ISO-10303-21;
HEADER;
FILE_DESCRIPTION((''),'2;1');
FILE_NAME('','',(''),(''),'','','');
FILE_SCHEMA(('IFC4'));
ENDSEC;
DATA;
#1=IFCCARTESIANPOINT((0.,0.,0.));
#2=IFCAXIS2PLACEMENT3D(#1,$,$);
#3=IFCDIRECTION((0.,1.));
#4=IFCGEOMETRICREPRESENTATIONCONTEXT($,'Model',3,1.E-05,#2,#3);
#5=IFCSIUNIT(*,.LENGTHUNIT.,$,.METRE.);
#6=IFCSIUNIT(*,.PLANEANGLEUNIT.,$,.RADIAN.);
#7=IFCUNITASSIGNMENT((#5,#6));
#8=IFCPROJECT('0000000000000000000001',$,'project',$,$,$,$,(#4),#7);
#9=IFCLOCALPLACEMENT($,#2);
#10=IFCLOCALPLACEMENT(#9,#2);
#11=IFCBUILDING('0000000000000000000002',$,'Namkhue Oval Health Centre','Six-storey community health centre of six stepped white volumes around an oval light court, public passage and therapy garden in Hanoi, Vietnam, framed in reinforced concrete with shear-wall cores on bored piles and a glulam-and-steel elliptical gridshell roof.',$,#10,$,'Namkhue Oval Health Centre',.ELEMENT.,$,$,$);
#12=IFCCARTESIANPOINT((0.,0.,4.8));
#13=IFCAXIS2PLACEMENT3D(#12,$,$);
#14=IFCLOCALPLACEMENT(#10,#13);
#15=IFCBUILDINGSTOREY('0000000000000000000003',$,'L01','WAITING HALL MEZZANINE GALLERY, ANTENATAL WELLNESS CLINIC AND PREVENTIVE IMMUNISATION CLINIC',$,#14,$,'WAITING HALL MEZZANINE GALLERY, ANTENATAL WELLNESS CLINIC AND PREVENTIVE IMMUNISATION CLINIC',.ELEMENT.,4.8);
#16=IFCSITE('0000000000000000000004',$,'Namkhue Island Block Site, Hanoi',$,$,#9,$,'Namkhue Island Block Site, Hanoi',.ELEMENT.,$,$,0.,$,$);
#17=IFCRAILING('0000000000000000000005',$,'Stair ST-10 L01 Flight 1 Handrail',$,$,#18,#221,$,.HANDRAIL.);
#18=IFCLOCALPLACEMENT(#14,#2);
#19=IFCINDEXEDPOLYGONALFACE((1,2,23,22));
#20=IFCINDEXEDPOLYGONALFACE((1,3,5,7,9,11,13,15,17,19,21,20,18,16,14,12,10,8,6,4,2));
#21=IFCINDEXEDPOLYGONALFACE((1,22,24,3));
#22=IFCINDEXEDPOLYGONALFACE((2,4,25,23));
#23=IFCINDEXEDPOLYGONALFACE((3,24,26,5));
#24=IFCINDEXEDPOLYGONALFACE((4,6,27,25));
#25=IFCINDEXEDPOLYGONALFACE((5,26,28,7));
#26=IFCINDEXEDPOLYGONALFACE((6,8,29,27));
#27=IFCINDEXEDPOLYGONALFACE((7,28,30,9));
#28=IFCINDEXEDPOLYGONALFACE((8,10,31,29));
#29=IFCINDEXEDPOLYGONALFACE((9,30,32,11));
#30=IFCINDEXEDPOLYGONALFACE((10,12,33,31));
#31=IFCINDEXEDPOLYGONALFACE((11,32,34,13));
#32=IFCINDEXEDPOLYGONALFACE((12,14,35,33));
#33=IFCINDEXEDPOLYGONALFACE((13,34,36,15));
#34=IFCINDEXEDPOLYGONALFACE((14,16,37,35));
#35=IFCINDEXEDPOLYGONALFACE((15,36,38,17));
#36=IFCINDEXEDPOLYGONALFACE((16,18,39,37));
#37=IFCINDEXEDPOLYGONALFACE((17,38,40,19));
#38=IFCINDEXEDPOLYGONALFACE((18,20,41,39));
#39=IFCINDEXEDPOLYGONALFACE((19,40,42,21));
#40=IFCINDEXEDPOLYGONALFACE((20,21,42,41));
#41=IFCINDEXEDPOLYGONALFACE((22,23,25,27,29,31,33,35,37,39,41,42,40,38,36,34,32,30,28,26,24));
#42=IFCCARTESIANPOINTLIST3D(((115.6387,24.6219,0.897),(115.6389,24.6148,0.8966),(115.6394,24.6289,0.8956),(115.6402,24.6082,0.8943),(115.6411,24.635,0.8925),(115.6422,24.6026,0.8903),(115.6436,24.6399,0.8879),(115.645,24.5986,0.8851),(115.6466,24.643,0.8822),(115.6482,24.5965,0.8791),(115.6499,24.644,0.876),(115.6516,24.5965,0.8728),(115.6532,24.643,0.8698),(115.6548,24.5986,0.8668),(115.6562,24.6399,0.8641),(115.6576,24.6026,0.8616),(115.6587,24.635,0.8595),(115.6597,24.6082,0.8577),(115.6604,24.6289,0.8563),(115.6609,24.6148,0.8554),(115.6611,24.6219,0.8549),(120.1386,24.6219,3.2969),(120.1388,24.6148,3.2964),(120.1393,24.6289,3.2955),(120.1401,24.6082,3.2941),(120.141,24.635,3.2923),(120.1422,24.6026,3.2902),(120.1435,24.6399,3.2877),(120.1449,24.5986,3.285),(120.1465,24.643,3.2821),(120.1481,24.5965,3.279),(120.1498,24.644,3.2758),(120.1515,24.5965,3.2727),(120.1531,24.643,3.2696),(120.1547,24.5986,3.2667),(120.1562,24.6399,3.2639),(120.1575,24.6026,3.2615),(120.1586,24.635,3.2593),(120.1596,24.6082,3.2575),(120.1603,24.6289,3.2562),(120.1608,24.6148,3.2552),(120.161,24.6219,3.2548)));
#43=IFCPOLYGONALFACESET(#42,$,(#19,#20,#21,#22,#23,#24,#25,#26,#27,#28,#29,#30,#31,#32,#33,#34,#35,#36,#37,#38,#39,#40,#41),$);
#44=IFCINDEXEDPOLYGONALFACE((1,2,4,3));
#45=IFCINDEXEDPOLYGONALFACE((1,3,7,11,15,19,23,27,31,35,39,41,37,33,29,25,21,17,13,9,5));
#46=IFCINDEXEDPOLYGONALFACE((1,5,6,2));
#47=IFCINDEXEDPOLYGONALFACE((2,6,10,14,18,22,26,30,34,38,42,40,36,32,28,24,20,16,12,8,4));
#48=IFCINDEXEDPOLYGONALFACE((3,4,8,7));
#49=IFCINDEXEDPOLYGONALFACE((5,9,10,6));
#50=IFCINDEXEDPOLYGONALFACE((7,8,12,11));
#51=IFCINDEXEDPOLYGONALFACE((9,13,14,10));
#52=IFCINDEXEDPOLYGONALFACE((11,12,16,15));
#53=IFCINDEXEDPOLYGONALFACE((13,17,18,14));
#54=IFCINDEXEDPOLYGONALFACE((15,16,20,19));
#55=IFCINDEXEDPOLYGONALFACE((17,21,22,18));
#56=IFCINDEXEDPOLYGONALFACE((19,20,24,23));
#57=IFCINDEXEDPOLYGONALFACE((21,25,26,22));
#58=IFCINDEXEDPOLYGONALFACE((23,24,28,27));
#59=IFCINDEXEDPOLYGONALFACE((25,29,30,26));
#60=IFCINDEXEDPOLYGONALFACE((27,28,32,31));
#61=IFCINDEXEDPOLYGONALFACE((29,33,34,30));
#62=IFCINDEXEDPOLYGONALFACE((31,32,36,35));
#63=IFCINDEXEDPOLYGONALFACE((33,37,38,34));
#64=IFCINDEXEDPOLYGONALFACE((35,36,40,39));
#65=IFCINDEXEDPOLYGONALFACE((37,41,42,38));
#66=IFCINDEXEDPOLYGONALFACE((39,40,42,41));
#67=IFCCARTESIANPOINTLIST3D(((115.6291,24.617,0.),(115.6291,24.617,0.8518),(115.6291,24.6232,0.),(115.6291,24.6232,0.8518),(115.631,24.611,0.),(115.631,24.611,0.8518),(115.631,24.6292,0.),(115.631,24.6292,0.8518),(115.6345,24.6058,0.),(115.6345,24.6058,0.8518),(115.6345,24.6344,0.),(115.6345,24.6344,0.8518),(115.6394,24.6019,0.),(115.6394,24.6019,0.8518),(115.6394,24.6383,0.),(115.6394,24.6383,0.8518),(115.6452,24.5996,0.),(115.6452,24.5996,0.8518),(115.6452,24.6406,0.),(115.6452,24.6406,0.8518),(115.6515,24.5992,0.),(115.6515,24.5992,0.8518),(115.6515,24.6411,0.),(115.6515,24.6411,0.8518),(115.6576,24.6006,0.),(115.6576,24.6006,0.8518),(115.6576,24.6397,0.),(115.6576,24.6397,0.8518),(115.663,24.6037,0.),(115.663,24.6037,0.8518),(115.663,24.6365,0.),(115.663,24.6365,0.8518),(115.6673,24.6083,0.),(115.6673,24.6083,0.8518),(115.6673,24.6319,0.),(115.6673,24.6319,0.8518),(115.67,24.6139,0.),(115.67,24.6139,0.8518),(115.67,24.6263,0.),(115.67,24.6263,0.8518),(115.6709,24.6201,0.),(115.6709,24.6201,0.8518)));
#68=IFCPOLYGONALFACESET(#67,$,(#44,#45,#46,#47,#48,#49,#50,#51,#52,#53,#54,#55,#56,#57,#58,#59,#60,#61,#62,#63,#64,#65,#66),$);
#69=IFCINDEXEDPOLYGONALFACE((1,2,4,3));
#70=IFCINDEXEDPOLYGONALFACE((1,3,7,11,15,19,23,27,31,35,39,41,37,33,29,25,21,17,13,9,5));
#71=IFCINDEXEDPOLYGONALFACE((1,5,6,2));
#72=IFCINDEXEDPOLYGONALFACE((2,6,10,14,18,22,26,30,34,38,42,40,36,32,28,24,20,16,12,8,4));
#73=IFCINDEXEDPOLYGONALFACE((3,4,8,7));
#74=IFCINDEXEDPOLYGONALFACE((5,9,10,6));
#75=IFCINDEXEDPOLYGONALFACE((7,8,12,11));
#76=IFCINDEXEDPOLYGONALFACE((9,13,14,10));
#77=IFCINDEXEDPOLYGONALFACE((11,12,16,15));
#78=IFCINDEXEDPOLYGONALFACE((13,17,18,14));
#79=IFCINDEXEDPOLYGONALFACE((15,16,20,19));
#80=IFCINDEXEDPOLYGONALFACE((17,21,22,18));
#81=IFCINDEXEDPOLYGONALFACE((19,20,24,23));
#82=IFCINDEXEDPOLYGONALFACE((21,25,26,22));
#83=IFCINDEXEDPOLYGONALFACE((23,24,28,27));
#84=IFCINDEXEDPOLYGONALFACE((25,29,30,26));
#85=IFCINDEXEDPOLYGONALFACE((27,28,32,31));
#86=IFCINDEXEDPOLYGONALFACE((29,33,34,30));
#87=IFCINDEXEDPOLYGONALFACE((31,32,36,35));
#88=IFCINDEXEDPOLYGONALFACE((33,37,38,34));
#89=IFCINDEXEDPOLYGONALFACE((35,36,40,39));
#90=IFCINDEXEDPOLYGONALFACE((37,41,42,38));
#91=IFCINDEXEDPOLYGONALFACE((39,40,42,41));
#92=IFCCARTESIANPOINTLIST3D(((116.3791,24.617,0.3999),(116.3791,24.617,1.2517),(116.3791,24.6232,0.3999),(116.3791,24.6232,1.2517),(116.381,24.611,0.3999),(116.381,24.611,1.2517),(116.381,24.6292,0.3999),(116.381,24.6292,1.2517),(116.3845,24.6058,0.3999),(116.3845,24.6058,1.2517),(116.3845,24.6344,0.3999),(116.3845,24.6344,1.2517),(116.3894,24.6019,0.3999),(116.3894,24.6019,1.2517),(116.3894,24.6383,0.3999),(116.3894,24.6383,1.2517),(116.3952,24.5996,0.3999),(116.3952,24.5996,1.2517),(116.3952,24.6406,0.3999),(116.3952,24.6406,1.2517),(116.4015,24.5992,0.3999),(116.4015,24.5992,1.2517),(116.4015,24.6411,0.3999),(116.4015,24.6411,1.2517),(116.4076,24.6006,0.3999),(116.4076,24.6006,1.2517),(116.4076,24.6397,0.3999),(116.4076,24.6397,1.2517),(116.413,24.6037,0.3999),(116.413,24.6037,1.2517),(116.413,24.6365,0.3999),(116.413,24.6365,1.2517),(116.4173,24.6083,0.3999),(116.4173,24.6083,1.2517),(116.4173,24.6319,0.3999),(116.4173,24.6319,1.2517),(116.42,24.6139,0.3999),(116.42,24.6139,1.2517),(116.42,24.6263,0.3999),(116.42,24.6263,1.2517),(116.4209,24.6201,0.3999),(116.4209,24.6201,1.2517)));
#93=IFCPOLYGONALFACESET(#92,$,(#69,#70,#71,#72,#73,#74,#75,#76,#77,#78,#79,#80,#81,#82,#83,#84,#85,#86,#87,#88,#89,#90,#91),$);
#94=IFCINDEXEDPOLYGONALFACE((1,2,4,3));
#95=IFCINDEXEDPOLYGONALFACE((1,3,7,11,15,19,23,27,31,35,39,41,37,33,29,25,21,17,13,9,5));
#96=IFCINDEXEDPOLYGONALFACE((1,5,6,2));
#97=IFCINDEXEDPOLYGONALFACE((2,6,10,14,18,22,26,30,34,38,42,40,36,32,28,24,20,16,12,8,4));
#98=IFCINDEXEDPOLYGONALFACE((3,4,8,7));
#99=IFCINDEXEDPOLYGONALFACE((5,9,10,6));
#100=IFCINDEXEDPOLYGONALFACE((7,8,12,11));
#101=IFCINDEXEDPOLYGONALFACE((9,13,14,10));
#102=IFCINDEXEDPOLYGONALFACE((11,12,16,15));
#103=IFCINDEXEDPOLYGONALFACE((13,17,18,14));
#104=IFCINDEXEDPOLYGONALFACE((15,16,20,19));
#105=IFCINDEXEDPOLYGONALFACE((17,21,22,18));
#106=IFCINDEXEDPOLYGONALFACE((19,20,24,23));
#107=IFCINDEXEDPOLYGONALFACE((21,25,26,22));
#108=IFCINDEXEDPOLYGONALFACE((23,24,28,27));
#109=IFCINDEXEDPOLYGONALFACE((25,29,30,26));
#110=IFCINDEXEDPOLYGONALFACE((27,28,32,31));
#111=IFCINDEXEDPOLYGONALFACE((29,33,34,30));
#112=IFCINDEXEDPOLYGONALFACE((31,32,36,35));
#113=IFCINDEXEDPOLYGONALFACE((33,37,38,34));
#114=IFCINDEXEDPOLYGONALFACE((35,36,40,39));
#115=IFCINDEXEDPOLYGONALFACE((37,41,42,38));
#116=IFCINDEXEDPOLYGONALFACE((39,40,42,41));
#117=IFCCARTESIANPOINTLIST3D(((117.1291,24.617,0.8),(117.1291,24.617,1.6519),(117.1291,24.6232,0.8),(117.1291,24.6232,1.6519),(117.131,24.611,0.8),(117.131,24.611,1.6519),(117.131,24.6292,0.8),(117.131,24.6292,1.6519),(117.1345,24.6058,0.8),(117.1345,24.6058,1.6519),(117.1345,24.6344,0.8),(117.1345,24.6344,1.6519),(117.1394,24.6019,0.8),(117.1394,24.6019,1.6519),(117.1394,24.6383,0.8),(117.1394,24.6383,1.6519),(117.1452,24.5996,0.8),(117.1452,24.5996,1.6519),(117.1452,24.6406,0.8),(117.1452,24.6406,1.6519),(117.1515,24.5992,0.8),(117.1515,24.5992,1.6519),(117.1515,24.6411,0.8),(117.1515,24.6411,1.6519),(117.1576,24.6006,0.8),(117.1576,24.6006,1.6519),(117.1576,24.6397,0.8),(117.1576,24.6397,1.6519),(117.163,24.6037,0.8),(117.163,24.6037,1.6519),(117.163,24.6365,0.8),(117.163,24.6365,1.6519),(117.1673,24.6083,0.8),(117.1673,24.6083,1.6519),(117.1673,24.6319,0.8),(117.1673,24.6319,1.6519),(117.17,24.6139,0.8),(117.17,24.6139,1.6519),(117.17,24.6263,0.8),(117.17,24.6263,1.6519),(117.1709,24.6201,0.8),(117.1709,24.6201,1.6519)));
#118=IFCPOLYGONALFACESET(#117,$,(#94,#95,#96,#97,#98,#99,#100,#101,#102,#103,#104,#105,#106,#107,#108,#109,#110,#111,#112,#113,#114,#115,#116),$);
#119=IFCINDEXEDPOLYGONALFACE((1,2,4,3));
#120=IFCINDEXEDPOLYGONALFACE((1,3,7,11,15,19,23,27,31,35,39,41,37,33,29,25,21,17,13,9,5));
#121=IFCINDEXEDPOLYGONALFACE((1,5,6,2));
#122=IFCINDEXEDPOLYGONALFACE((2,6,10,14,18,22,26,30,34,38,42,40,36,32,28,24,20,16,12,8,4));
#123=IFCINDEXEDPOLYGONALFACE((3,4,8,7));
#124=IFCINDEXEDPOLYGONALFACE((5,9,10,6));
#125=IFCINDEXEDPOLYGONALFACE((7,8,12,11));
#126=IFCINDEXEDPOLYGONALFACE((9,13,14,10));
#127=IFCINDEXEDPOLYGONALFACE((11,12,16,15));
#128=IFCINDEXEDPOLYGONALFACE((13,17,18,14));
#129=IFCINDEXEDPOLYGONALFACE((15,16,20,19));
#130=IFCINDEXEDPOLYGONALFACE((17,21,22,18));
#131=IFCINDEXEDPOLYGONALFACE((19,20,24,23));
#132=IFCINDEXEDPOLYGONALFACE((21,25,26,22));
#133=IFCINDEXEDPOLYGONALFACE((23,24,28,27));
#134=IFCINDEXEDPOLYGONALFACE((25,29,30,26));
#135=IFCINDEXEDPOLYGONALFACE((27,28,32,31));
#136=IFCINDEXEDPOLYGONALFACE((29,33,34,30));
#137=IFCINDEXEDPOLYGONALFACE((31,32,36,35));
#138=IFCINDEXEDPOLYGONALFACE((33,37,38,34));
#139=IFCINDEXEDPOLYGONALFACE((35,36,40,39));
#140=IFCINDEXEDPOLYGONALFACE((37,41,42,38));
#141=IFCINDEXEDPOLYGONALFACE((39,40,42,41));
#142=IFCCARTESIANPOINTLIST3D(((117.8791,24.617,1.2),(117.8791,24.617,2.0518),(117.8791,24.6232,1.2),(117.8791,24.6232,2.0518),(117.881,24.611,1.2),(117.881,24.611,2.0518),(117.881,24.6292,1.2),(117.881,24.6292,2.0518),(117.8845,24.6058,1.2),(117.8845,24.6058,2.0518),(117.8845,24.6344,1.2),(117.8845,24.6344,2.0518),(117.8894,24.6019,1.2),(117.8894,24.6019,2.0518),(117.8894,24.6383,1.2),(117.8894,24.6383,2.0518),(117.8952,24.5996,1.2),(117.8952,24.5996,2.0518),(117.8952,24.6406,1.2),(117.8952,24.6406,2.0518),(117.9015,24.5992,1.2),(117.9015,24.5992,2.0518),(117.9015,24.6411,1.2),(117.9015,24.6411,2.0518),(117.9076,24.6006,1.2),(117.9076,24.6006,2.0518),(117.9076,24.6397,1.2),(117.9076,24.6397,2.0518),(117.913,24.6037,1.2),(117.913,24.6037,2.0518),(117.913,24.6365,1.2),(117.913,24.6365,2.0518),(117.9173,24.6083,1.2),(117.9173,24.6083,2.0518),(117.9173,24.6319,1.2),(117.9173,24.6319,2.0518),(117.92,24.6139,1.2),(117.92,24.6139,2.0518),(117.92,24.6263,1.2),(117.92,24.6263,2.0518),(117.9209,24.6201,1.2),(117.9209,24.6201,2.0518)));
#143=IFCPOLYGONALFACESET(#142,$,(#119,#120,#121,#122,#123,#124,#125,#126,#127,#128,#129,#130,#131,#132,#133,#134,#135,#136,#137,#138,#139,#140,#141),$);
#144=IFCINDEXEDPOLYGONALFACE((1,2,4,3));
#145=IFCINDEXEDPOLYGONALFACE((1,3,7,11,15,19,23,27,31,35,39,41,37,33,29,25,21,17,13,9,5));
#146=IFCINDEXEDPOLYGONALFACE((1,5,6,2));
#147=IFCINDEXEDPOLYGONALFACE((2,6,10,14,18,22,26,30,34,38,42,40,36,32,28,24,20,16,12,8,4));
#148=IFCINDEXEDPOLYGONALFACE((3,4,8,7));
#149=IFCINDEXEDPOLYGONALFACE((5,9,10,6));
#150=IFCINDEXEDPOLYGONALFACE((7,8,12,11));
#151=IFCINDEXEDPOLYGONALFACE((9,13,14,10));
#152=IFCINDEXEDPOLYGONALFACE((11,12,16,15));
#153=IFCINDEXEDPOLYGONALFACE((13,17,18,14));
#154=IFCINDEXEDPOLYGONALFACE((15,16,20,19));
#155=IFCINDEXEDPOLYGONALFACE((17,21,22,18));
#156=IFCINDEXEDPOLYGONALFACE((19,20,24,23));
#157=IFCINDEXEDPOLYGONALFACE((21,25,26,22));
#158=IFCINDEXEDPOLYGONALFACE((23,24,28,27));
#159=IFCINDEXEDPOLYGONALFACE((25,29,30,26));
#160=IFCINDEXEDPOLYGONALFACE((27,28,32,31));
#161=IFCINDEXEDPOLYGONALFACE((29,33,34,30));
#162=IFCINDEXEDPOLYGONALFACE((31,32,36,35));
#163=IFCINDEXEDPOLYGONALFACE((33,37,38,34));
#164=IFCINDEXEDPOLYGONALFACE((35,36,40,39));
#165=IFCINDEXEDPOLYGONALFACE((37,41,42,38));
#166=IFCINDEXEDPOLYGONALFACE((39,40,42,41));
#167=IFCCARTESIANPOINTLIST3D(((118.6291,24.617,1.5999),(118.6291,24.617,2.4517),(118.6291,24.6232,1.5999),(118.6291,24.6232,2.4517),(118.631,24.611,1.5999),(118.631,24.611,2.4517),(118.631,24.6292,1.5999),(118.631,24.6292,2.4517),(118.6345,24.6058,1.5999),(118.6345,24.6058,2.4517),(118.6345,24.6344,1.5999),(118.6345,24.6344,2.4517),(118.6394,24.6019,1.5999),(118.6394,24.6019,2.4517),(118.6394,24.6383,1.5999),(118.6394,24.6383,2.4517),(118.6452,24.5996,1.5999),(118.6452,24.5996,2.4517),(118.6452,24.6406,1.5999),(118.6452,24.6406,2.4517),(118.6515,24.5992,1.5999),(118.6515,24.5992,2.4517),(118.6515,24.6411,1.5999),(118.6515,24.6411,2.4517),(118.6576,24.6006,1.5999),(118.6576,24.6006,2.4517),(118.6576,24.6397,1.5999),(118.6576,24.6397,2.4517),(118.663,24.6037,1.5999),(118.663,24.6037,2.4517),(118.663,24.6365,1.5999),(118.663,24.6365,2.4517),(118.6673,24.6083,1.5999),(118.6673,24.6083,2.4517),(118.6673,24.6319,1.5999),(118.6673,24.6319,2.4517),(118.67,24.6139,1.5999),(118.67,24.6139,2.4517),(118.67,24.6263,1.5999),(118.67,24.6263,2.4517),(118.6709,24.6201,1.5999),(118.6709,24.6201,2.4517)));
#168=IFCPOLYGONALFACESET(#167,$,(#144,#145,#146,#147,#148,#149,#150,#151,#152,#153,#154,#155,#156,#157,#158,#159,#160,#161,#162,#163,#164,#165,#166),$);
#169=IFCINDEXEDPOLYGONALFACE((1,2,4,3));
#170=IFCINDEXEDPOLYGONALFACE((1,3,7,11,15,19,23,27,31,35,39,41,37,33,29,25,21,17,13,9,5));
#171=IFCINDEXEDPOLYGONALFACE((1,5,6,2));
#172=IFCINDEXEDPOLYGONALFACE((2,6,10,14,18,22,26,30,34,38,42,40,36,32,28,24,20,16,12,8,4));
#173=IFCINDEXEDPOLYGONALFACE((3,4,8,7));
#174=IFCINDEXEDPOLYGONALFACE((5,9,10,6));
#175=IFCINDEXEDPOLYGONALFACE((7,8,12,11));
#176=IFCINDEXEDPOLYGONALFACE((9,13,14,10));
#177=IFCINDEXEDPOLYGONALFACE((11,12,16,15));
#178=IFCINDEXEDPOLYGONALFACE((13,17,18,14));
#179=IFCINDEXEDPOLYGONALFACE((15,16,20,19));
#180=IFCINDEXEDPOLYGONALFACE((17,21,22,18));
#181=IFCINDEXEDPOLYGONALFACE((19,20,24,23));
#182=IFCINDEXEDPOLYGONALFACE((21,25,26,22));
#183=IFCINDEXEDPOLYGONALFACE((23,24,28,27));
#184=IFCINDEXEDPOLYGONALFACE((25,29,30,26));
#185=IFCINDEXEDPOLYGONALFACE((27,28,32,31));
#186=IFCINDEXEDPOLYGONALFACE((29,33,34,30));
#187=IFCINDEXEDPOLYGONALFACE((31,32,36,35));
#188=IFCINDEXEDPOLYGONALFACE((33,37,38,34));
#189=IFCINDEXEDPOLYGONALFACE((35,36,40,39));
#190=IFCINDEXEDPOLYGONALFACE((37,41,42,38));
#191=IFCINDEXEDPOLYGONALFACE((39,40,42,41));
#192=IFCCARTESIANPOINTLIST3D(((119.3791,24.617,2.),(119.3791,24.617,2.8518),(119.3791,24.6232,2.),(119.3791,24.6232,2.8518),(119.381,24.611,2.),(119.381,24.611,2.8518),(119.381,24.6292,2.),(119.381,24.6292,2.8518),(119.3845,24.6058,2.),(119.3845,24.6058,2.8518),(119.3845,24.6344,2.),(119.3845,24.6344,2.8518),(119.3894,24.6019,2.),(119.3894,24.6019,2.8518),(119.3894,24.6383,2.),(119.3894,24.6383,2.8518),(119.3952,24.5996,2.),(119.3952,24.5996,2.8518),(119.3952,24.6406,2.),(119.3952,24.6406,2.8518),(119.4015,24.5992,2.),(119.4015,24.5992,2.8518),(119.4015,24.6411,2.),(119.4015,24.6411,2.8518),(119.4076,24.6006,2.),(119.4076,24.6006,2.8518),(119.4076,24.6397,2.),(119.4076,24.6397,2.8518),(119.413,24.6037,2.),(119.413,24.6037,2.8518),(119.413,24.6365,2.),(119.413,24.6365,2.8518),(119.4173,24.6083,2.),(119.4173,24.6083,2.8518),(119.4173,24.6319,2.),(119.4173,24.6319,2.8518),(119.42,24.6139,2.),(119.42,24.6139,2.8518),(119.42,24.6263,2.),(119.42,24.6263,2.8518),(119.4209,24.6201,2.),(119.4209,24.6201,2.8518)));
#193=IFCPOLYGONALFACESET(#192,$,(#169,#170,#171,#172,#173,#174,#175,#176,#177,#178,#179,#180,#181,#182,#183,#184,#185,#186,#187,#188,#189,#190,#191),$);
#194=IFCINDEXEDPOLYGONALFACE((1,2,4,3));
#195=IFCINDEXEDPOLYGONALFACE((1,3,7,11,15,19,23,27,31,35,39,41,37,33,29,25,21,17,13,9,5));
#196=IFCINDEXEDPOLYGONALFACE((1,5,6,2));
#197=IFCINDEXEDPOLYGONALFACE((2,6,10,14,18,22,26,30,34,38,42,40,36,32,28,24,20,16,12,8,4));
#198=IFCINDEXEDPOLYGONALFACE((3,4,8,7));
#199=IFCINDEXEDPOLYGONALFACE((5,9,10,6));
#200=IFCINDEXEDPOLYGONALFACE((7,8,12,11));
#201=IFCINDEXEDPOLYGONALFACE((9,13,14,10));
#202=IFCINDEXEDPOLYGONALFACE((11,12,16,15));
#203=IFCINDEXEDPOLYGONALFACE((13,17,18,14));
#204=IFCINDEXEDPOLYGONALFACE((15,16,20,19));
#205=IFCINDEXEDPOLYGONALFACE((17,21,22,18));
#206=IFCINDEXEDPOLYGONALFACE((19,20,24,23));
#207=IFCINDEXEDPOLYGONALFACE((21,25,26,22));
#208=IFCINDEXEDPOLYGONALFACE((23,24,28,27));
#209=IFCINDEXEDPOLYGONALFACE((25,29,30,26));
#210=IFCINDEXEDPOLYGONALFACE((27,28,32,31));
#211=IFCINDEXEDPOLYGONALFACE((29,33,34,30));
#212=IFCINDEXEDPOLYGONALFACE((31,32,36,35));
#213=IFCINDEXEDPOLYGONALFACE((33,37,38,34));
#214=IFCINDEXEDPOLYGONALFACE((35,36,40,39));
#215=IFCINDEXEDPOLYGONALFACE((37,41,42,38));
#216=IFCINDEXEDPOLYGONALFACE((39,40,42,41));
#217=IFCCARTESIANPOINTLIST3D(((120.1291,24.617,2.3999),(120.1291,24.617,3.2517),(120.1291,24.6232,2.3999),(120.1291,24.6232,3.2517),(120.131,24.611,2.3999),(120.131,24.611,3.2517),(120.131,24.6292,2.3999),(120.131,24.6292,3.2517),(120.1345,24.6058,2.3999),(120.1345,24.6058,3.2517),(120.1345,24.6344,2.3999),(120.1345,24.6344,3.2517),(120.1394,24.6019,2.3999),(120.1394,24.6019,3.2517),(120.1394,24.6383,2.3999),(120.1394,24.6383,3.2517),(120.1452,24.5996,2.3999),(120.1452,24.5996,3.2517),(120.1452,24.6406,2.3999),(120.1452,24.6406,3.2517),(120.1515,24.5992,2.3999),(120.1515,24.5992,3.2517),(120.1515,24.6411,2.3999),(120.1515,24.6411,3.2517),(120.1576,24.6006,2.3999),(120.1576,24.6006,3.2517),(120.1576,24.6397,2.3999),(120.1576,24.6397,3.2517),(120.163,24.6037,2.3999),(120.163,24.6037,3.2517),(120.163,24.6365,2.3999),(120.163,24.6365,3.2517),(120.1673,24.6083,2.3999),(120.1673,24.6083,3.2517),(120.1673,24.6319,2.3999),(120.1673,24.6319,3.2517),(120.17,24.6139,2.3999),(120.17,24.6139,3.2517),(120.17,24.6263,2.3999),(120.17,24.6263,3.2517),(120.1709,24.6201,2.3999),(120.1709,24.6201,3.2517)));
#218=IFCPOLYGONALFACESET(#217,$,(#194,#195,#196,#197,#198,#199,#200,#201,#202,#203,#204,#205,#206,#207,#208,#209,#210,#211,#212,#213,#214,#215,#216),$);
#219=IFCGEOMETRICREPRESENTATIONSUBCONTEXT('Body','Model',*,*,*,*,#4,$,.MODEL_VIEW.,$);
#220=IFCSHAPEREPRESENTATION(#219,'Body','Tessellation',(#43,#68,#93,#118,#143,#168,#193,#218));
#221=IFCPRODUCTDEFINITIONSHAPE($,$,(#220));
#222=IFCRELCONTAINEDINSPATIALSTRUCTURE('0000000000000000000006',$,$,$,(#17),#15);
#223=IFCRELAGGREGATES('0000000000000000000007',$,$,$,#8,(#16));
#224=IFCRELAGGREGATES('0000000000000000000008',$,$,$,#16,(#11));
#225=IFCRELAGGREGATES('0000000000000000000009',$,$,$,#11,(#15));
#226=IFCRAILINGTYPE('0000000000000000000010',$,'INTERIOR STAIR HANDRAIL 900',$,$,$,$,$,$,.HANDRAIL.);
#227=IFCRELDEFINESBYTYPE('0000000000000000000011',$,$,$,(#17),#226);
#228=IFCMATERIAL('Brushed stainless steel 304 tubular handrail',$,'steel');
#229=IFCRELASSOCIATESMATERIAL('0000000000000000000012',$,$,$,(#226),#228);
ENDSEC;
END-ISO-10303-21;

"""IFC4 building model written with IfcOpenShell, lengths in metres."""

from ifc_helpers import new_model, si_unit, direction, frame, origin, origin_2d, place, context, subcontext, project, spatial, circle, extrude, material, type_object, element, save


model = new_model("IFC4")

# Units and contexts
model_context = context("Model", 3, precision=1e-05, world=origin(), true_north=direction((0.0, 1.0)))
body_context = subcontext(model_context, "Body", "Model", "MODEL_VIEW")
ifc_project = project(units=[si_unit("LENGTHUNIT", "METRE"), si_unit("PLANEANGLEUNIT", "RADIAN")], contexts=[model_context])

# Site, building, storey
site_placement = place(None, origin())
site = spatial("IfcSite", under=ifc_project, at=site_placement, Name="Namkhue Island Block Site, Hanoi", LongName="Namkhue Island Block Site, Hanoi", CompositionType="ELEMENT", RefElevation=0.0)
building_placement = place(site_placement, origin())
building = spatial("IfcBuilding", under=site, at=building_placement, Name="Namkhue Oval Health Centre", Description="Six-storey community health centre of six stepped white volumes around an oval light court, public passage and therapy garden in Hanoi, Vietnam, framed in reinforced concrete with shear-wall cores on bored piles and a glulam-and-steel elliptical gridshell roof.", LongName="Namkhue Oval Health Centre", CompositionType="ELEMENT")
storey_placement = place(building_placement, frame((0.0, 0.0, 4.8)))
storey = spatial("IfcBuildingStorey", under=building, at=storey_placement, Name="L01", Description="WAITING HALL MEZZANINE GALLERY, ANTENATAL WELLNESS CLINIC AND PREVENTIVE IMMUNISATION CLINIC", LongName="WAITING HALL MEZZANINE GALLERY, ANTENATAL WELLNESS CLINIC AND PREVENTIVE IMMUNISATION CLINIC", CompositionType="ELEMENT", Elevation=4.8)

# Railing
ifc_material_1 = material(Name="Brushed stainless steel 304 tubular handrail", Category="steel")
railing_type_1 = type_object("IfcRailingType", Name="INTERIOR STAIR HANDRAIL 900", PredefinedType="HANDRAIL", material=ifc_material_1)
railing_1_placement = place(storey_placement, frame((115.6499, 24.6201, 0.0)))
element("IfcRailing", 1, at=railing_1_placement, inside=storey, type_object=railing_type_1, Name="Stair ST-10 L01 Flight 1 Handrail", PredefinedType="HANDRAIL", context=body_context, shape_type="SweptSolid", body=[
    extrude(circle(Radius=0.0239, at=origin_2d()), frame((0.0, 0.0, 0.876), z_axis=(0.882361, 0.0, 0.470573), x_axis=(0.0, 1.0, 0.0)), (0.0, 0.0, 1.0), 5.0999),
    extrude(circle(Radius=0.021, at=origin_2d()), origin(), (0.0, 0.0, 1.0), 0.8518),
    extrude(circle(Radius=0.021, at=origin_2d()), frame((0.75, 0.0, 0.3999)), (0.0, 0.0, 1.0), 0.8518),
    extrude(circle(Radius=0.021, at=origin_2d()), frame((1.5, 0.0, 0.8)), (0.0, 0.0, 1.0), 0.8518),
    extrude(circle(Radius=0.021, at=origin_2d()), frame((2.25, 0.0, 1.2)), (0.0, 0.0, 1.0), 0.8518),
    extrude(circle(Radius=0.021, at=origin_2d()), frame((3.0, 0.0, 1.5999)), (0.0, 0.0, 1.0), 0.8518),
    extrude(circle(Radius=0.021, at=origin_2d()), frame((3.75, 0.0, 2.0)), (0.0, 0.0, 1.0), 0.8518),
    extrude(circle(Radius=0.021, at=origin_2d()), frame((4.5, 0.0, 2.3999)), (0.0, 0.0, 1.0), 0.8518),
])

save(model, "model.ifc")
